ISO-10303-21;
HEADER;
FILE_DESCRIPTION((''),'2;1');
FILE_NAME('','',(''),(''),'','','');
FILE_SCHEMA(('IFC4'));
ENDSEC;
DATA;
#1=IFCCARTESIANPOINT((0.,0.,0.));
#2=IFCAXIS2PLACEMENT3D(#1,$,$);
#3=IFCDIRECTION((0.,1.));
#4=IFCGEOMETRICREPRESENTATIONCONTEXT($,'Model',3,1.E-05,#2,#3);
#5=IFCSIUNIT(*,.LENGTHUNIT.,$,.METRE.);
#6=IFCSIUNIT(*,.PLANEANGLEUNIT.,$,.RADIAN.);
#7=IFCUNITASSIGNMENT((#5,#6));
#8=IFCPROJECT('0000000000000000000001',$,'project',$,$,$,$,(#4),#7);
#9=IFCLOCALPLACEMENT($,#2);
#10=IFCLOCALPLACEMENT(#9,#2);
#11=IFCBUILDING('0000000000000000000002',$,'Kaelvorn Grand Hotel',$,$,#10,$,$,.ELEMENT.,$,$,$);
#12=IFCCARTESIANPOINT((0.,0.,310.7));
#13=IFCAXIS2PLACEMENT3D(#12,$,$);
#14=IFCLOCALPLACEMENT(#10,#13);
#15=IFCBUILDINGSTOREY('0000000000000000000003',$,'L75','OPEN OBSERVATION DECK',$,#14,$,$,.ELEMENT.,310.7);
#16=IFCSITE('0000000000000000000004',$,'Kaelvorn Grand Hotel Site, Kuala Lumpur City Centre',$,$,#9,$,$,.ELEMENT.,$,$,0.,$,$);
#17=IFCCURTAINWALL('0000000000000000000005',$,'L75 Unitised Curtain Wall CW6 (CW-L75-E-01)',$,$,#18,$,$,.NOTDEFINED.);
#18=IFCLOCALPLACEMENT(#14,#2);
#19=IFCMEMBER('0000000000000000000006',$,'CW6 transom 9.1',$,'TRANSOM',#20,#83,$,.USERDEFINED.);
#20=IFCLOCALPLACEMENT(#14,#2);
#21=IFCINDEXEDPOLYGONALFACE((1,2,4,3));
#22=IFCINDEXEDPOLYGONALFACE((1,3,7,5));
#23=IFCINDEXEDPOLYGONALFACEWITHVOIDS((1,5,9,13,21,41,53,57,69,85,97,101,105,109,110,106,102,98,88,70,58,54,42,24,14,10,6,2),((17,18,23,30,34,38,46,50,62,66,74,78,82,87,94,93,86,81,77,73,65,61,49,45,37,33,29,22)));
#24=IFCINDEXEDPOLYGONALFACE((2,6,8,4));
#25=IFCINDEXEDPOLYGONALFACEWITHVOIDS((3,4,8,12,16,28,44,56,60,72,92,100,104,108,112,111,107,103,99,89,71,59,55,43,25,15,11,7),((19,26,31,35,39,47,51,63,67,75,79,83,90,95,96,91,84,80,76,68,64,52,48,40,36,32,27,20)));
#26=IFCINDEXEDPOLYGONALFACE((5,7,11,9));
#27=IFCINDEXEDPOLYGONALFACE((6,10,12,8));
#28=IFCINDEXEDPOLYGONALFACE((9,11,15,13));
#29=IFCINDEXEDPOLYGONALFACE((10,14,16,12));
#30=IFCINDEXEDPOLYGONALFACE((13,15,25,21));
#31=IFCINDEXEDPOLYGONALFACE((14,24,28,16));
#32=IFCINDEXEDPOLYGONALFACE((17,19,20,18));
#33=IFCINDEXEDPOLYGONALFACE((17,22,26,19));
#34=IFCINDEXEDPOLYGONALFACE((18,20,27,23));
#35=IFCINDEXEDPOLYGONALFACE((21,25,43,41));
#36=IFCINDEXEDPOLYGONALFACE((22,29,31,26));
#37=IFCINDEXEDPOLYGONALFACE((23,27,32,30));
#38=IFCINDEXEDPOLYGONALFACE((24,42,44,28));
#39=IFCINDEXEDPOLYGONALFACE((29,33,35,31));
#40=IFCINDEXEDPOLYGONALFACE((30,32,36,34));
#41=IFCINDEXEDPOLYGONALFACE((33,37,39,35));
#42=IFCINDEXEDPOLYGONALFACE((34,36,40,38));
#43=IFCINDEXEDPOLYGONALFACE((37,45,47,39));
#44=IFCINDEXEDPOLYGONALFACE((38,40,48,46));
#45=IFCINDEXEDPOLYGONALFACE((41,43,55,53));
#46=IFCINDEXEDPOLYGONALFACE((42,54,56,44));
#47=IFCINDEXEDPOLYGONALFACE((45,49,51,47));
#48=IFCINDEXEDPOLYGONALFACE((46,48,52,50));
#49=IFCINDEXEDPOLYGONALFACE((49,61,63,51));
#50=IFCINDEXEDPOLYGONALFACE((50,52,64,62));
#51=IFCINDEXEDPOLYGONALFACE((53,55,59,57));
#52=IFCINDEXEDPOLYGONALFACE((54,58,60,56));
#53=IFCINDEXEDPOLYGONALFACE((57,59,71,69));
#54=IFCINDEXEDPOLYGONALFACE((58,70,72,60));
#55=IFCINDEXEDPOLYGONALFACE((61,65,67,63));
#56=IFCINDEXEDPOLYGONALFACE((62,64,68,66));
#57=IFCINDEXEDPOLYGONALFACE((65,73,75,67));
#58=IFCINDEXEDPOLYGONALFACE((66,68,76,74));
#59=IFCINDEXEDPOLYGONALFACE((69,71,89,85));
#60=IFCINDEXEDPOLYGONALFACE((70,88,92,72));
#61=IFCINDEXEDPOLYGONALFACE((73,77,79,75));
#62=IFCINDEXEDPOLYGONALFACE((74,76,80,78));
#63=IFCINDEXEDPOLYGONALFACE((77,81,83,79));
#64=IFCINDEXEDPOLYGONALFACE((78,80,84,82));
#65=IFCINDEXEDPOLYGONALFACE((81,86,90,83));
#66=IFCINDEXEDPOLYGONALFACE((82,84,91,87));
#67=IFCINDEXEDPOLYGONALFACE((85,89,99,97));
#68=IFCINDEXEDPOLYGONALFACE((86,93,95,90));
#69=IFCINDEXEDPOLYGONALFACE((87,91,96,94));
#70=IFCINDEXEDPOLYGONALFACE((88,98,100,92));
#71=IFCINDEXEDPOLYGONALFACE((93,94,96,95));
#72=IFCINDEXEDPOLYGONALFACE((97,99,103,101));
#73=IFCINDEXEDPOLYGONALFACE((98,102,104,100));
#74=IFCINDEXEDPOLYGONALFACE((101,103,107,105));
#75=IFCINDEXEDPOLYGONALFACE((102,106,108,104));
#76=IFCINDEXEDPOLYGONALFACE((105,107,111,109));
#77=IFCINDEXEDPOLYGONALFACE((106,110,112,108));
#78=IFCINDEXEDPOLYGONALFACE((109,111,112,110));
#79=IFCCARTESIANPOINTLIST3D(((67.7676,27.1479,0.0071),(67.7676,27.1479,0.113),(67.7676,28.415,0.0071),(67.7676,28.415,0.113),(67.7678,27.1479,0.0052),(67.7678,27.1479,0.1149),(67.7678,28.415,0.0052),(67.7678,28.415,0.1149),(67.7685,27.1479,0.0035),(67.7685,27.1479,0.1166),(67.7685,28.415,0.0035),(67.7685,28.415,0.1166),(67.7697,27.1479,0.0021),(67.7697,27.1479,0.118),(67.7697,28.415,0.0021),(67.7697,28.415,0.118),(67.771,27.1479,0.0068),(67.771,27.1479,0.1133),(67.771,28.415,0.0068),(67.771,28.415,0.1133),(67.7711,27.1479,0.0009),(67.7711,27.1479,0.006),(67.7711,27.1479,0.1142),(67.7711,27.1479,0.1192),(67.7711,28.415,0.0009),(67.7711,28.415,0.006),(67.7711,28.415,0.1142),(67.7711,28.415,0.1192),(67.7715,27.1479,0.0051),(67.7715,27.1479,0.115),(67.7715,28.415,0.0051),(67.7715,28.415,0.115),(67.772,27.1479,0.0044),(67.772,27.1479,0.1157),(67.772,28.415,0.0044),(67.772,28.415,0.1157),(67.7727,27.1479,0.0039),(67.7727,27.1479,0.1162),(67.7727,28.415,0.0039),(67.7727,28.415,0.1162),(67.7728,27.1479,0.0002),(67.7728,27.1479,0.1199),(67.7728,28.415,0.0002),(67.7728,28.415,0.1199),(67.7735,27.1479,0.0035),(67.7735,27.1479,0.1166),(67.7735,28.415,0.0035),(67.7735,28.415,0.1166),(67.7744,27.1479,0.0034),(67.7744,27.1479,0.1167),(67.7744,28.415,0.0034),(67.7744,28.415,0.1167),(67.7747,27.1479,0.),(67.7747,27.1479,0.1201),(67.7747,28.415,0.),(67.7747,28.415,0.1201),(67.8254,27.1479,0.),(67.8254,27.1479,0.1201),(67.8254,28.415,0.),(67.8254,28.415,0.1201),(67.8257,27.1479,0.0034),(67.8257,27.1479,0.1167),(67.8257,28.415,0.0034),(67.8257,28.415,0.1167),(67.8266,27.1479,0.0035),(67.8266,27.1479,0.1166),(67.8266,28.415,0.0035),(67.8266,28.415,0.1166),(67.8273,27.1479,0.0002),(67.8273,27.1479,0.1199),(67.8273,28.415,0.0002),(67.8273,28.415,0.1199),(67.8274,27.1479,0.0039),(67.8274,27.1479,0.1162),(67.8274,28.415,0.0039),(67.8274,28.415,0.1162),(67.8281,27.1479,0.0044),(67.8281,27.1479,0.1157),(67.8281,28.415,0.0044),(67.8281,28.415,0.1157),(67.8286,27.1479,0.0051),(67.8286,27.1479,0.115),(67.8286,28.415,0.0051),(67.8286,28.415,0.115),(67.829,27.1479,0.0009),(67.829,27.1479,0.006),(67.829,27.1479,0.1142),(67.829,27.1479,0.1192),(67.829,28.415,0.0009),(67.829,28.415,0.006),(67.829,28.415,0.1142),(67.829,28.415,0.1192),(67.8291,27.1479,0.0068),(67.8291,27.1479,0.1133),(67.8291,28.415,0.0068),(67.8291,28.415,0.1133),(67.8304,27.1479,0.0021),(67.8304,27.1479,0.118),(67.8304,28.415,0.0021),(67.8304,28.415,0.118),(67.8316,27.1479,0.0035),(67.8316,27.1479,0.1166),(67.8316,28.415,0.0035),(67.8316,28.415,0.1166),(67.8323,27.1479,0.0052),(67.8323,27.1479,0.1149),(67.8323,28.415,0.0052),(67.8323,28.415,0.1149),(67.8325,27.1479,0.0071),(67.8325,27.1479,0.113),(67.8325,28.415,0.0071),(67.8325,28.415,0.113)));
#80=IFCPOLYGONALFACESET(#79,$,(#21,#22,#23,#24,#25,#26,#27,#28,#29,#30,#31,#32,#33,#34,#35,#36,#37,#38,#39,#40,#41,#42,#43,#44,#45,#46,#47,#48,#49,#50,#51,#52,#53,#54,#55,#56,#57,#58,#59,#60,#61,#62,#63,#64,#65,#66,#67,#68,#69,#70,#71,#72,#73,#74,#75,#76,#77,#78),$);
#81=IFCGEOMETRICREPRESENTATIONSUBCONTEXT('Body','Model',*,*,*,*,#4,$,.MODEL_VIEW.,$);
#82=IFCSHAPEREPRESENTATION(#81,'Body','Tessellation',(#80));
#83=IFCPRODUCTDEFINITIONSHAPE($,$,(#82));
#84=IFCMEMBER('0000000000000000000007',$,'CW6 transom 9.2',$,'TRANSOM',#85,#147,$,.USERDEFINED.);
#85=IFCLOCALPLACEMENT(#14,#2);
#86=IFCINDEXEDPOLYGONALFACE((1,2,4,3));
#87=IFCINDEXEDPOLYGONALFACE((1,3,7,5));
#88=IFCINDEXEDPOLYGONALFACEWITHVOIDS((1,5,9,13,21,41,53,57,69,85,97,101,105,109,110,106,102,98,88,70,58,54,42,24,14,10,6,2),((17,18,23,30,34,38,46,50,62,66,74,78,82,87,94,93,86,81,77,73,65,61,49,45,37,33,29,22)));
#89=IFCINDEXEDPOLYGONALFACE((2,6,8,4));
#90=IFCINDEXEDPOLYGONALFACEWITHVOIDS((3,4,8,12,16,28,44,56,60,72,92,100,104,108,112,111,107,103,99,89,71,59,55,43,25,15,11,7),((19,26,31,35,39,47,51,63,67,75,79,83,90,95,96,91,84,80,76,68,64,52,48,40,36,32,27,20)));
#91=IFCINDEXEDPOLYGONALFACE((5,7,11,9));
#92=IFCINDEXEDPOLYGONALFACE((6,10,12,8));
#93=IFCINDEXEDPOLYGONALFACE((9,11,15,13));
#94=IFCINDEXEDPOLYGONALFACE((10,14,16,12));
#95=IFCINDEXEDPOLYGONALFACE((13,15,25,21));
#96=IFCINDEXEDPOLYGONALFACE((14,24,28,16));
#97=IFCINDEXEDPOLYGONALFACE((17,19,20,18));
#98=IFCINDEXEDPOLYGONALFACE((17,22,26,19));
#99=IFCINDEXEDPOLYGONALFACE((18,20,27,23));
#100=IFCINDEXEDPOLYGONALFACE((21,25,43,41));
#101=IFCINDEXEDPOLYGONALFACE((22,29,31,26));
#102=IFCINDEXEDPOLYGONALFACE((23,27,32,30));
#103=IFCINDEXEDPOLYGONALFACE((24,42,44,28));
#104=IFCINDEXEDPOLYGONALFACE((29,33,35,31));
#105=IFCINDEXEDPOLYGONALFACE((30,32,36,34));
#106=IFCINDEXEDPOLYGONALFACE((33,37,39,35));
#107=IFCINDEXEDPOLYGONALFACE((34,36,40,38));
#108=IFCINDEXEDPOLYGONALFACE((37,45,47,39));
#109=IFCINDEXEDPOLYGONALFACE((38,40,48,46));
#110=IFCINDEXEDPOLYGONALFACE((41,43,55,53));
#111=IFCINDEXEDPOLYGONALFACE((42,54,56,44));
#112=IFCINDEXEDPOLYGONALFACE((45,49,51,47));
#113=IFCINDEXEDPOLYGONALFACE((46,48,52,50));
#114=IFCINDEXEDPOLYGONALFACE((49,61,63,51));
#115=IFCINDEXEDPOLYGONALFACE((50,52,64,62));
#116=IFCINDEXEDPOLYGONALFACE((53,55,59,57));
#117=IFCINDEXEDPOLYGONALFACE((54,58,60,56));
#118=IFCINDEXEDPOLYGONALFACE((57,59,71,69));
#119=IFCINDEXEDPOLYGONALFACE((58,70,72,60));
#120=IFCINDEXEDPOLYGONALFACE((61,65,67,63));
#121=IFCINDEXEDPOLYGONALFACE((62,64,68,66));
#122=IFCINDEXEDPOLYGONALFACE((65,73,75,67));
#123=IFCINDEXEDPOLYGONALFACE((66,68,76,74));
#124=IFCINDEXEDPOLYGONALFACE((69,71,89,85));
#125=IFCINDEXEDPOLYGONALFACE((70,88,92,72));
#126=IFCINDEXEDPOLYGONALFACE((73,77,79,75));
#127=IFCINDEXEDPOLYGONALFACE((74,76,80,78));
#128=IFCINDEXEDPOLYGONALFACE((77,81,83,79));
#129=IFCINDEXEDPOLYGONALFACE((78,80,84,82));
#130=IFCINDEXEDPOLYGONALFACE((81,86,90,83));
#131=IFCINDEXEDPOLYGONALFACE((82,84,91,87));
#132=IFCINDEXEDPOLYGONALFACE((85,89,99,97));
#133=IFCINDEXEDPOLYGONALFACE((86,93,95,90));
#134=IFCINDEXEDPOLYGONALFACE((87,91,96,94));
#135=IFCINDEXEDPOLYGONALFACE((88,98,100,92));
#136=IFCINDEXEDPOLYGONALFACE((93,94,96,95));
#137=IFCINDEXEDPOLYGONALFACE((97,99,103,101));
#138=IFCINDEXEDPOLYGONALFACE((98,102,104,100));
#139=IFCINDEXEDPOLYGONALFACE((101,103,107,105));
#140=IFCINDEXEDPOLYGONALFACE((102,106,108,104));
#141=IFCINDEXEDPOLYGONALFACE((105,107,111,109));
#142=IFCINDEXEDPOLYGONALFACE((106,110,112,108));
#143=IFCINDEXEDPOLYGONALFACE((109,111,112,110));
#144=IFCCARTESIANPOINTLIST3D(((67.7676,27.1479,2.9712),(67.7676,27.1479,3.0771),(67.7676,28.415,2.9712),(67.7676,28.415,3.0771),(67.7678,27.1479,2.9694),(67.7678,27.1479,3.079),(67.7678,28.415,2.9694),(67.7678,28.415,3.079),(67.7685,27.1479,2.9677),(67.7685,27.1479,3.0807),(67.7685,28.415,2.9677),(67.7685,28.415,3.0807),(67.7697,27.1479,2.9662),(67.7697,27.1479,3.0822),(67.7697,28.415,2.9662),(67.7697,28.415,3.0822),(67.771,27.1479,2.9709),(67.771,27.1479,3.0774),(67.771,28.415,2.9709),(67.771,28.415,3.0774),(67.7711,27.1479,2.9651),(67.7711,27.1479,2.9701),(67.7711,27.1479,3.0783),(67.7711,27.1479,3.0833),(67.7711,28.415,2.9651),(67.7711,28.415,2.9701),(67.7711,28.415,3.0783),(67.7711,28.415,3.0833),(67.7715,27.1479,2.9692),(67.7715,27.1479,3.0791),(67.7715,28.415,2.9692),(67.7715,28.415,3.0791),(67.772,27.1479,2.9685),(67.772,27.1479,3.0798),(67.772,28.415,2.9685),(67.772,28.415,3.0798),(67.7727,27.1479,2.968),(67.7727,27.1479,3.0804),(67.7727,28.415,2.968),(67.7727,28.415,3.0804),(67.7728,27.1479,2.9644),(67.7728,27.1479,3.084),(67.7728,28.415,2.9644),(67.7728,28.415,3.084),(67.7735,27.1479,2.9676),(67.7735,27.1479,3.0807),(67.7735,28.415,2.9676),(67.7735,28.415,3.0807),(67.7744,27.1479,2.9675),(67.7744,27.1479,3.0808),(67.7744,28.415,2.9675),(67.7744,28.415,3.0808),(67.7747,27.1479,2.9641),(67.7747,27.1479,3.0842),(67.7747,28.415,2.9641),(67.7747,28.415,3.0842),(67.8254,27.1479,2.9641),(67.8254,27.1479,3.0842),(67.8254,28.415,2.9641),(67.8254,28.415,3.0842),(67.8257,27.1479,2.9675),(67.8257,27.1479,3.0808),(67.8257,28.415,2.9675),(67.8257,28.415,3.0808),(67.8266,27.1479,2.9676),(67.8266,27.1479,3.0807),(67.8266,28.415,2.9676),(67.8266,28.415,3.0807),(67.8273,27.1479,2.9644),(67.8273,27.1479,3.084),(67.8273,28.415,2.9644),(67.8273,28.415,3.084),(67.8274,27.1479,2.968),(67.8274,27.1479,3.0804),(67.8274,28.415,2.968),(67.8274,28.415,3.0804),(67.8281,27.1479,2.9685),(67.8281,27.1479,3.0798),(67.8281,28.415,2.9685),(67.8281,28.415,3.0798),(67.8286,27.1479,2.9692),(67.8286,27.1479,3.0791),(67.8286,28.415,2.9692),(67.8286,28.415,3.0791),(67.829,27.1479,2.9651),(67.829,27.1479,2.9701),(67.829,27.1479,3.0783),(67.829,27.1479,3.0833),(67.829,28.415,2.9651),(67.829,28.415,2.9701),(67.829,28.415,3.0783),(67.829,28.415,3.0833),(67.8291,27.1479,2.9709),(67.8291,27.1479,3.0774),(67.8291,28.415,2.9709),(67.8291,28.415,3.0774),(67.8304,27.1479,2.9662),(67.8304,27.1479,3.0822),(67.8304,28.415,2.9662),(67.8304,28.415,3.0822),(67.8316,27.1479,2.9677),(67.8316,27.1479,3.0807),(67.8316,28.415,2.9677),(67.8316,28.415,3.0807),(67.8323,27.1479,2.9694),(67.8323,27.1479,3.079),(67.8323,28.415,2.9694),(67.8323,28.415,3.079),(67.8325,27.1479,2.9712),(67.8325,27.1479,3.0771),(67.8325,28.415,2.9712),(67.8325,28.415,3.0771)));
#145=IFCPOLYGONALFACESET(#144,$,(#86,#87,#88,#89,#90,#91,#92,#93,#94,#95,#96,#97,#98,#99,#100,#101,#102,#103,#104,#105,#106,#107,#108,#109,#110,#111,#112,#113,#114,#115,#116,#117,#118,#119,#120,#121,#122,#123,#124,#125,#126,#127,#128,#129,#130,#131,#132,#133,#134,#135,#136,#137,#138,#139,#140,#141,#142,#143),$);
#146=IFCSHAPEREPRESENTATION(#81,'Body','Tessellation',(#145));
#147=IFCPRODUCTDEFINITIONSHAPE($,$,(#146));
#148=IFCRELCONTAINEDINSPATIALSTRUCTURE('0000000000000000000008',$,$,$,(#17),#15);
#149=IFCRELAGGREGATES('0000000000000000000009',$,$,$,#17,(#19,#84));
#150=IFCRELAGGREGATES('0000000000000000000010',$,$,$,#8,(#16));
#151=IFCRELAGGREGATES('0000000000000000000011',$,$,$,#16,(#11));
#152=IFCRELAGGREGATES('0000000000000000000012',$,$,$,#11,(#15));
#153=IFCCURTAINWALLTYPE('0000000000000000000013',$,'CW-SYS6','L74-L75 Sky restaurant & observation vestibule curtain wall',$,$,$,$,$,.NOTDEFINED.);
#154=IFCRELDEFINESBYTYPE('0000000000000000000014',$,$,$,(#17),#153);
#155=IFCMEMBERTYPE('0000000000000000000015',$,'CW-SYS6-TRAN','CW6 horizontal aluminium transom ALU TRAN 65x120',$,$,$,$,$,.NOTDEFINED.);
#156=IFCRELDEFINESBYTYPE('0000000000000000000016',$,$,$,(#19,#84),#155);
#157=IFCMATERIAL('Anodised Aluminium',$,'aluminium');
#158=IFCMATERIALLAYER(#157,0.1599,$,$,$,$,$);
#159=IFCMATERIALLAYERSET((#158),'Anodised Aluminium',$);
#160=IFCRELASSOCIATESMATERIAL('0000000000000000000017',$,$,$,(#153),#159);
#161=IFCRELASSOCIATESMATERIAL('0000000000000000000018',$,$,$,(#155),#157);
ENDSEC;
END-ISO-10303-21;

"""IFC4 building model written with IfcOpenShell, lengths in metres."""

from ifc_helpers import new_model, si_unit, direction, frame, origin, origin_2d, place, context, subcontext, project, spatial, hollow_rectangle, extrude, material, layer, layer_set, material_profile, profile_set, type_object, element, aggregate, save


model = new_model("IFC4")

# Units and contexts
model_context = context("Model", 3, precision=1e-05, world=origin(), true_north=direction((0.0, 1.0)))
body_context = subcontext(model_context, "Body", "Model", "MODEL_VIEW")
ifc_project = project(units=[si_unit("LENGTHUNIT", "METRE"), si_unit("PLANEANGLEUNIT", "RADIAN")], contexts=[model_context])

# Site, building, storey
site_placement = place(None, origin())
site = spatial("IfcSite", under=ifc_project, at=site_placement, Name="Kaelvorn Grand Hotel Site, Kuala Lumpur City Centre", CompositionType="ELEMENT", RefElevation=0.0)
building_placement = place(site_placement, origin())
building = spatial("IfcBuilding", under=site, at=building_placement, Name="Kaelvorn Grand Hotel", CompositionType="ELEMENT")
storey_placement = place(building_placement, frame((0.0, 0.0, 310.7)))
storey = spatial("IfcBuildingStorey", under=building, at=storey_placement, Name="L75", Description="OPEN OBSERVATION DECK", CompositionType="ELEMENT", Elevation=310.7)

# Curtain wall, members
ifc_material_1 = material(Name="Anodised Aluminium", Category="aluminium")
ifc_layer_1 = layer(ifc_material_1, 0.1599)
ifc_layer_set_1 = layer_set([ifc_layer_1], Name="Anodised Aluminium")
curtain_wall_type = type_object("IfcCurtainWallType", Name="CW-SYS6", Description="L74-L75 Sky restaurant & observation vestibule curtain wall", PredefinedType="NOTDEFINED", material=ifc_layer_set_1)
curtain_wall_placement = place(storey_placement, origin())
curtain_wall = element("IfcCurtainWall", 1, at=curtain_wall_placement, inside=storey, type_object=curtain_wall_type, Name="L75 Unitised Curtain Wall CW6 (CW-L75-E-01)", PredefinedType="NOTDEFINED")
ifc_material_profile_1 = material_profile(ifc_material_1, hollow_rectangle(XDim=0.0649, YDim=0.1201, WallThickness=0.0034, InnerFilletRadius=0.0034, OuterFilletRadius=0.0071, at=origin_2d()), Name="ALU TRAN 65x120")
ifc_profile_set_1 = profile_set([ifc_material_profile_1], Name="Anodised Aluminium")
member_type_1 = type_object("IfcMemberType", Name="CW-SYS6-TRAN", Description="CW6 horizontal aluminium transom ALU TRAN 65x120", PredefinedType="NOTDEFINED", material=ifc_profile_set_1)
member_1_placement = place(storey_placement, frame((67.8, 27.1479, 0.0601), z_axis=(0.0, 1.0, 0.0), x_axis=(-1.0, 0.0, 0.0)))
member_1 = element("IfcMember", 2, at=member_1_placement, type_object=member_type_1, Name="CW6 transom 9.1", ObjectType="TRANSOM", PredefinedType="USERDEFINED", context=body_context, shape_type="SweptSolid", body=[
    extrude(hollow_rectangle(XDim=0.0649, YDim=0.1201, WallThickness=0.0034, InnerFilletRadius=0.0034, OuterFilletRadius=0.0071, at=origin_2d()), origin(), (0.0, 0.0, 1.0), 1.2671),
])
member_2_placement = place(storey_placement, frame((67.8, 27.1479, 3.0242), z_axis=(0.0, 1.0, 0.0), x_axis=(-1.0, 0.0, 0.0)))
member_2 = element("IfcMember", 3, at=member_2_placement, type_object=member_type_1, Name="CW6 transom 9.2", ObjectType="TRANSOM", PredefinedType="USERDEFINED", context=body_context, shape_type="SweptSolid", body=[
    extrude(hollow_rectangle(XDim=0.0649, YDim=0.1201, WallThickness=0.0034, InnerFilletRadius=0.0034, OuterFilletRadius=0.0071, at=origin_2d()), origin(), (0.0, 0.0, 1.0), 1.2671),
])
aggregate(curtain_wall, [member_1, member_2])

save(model, "model.ifc")
